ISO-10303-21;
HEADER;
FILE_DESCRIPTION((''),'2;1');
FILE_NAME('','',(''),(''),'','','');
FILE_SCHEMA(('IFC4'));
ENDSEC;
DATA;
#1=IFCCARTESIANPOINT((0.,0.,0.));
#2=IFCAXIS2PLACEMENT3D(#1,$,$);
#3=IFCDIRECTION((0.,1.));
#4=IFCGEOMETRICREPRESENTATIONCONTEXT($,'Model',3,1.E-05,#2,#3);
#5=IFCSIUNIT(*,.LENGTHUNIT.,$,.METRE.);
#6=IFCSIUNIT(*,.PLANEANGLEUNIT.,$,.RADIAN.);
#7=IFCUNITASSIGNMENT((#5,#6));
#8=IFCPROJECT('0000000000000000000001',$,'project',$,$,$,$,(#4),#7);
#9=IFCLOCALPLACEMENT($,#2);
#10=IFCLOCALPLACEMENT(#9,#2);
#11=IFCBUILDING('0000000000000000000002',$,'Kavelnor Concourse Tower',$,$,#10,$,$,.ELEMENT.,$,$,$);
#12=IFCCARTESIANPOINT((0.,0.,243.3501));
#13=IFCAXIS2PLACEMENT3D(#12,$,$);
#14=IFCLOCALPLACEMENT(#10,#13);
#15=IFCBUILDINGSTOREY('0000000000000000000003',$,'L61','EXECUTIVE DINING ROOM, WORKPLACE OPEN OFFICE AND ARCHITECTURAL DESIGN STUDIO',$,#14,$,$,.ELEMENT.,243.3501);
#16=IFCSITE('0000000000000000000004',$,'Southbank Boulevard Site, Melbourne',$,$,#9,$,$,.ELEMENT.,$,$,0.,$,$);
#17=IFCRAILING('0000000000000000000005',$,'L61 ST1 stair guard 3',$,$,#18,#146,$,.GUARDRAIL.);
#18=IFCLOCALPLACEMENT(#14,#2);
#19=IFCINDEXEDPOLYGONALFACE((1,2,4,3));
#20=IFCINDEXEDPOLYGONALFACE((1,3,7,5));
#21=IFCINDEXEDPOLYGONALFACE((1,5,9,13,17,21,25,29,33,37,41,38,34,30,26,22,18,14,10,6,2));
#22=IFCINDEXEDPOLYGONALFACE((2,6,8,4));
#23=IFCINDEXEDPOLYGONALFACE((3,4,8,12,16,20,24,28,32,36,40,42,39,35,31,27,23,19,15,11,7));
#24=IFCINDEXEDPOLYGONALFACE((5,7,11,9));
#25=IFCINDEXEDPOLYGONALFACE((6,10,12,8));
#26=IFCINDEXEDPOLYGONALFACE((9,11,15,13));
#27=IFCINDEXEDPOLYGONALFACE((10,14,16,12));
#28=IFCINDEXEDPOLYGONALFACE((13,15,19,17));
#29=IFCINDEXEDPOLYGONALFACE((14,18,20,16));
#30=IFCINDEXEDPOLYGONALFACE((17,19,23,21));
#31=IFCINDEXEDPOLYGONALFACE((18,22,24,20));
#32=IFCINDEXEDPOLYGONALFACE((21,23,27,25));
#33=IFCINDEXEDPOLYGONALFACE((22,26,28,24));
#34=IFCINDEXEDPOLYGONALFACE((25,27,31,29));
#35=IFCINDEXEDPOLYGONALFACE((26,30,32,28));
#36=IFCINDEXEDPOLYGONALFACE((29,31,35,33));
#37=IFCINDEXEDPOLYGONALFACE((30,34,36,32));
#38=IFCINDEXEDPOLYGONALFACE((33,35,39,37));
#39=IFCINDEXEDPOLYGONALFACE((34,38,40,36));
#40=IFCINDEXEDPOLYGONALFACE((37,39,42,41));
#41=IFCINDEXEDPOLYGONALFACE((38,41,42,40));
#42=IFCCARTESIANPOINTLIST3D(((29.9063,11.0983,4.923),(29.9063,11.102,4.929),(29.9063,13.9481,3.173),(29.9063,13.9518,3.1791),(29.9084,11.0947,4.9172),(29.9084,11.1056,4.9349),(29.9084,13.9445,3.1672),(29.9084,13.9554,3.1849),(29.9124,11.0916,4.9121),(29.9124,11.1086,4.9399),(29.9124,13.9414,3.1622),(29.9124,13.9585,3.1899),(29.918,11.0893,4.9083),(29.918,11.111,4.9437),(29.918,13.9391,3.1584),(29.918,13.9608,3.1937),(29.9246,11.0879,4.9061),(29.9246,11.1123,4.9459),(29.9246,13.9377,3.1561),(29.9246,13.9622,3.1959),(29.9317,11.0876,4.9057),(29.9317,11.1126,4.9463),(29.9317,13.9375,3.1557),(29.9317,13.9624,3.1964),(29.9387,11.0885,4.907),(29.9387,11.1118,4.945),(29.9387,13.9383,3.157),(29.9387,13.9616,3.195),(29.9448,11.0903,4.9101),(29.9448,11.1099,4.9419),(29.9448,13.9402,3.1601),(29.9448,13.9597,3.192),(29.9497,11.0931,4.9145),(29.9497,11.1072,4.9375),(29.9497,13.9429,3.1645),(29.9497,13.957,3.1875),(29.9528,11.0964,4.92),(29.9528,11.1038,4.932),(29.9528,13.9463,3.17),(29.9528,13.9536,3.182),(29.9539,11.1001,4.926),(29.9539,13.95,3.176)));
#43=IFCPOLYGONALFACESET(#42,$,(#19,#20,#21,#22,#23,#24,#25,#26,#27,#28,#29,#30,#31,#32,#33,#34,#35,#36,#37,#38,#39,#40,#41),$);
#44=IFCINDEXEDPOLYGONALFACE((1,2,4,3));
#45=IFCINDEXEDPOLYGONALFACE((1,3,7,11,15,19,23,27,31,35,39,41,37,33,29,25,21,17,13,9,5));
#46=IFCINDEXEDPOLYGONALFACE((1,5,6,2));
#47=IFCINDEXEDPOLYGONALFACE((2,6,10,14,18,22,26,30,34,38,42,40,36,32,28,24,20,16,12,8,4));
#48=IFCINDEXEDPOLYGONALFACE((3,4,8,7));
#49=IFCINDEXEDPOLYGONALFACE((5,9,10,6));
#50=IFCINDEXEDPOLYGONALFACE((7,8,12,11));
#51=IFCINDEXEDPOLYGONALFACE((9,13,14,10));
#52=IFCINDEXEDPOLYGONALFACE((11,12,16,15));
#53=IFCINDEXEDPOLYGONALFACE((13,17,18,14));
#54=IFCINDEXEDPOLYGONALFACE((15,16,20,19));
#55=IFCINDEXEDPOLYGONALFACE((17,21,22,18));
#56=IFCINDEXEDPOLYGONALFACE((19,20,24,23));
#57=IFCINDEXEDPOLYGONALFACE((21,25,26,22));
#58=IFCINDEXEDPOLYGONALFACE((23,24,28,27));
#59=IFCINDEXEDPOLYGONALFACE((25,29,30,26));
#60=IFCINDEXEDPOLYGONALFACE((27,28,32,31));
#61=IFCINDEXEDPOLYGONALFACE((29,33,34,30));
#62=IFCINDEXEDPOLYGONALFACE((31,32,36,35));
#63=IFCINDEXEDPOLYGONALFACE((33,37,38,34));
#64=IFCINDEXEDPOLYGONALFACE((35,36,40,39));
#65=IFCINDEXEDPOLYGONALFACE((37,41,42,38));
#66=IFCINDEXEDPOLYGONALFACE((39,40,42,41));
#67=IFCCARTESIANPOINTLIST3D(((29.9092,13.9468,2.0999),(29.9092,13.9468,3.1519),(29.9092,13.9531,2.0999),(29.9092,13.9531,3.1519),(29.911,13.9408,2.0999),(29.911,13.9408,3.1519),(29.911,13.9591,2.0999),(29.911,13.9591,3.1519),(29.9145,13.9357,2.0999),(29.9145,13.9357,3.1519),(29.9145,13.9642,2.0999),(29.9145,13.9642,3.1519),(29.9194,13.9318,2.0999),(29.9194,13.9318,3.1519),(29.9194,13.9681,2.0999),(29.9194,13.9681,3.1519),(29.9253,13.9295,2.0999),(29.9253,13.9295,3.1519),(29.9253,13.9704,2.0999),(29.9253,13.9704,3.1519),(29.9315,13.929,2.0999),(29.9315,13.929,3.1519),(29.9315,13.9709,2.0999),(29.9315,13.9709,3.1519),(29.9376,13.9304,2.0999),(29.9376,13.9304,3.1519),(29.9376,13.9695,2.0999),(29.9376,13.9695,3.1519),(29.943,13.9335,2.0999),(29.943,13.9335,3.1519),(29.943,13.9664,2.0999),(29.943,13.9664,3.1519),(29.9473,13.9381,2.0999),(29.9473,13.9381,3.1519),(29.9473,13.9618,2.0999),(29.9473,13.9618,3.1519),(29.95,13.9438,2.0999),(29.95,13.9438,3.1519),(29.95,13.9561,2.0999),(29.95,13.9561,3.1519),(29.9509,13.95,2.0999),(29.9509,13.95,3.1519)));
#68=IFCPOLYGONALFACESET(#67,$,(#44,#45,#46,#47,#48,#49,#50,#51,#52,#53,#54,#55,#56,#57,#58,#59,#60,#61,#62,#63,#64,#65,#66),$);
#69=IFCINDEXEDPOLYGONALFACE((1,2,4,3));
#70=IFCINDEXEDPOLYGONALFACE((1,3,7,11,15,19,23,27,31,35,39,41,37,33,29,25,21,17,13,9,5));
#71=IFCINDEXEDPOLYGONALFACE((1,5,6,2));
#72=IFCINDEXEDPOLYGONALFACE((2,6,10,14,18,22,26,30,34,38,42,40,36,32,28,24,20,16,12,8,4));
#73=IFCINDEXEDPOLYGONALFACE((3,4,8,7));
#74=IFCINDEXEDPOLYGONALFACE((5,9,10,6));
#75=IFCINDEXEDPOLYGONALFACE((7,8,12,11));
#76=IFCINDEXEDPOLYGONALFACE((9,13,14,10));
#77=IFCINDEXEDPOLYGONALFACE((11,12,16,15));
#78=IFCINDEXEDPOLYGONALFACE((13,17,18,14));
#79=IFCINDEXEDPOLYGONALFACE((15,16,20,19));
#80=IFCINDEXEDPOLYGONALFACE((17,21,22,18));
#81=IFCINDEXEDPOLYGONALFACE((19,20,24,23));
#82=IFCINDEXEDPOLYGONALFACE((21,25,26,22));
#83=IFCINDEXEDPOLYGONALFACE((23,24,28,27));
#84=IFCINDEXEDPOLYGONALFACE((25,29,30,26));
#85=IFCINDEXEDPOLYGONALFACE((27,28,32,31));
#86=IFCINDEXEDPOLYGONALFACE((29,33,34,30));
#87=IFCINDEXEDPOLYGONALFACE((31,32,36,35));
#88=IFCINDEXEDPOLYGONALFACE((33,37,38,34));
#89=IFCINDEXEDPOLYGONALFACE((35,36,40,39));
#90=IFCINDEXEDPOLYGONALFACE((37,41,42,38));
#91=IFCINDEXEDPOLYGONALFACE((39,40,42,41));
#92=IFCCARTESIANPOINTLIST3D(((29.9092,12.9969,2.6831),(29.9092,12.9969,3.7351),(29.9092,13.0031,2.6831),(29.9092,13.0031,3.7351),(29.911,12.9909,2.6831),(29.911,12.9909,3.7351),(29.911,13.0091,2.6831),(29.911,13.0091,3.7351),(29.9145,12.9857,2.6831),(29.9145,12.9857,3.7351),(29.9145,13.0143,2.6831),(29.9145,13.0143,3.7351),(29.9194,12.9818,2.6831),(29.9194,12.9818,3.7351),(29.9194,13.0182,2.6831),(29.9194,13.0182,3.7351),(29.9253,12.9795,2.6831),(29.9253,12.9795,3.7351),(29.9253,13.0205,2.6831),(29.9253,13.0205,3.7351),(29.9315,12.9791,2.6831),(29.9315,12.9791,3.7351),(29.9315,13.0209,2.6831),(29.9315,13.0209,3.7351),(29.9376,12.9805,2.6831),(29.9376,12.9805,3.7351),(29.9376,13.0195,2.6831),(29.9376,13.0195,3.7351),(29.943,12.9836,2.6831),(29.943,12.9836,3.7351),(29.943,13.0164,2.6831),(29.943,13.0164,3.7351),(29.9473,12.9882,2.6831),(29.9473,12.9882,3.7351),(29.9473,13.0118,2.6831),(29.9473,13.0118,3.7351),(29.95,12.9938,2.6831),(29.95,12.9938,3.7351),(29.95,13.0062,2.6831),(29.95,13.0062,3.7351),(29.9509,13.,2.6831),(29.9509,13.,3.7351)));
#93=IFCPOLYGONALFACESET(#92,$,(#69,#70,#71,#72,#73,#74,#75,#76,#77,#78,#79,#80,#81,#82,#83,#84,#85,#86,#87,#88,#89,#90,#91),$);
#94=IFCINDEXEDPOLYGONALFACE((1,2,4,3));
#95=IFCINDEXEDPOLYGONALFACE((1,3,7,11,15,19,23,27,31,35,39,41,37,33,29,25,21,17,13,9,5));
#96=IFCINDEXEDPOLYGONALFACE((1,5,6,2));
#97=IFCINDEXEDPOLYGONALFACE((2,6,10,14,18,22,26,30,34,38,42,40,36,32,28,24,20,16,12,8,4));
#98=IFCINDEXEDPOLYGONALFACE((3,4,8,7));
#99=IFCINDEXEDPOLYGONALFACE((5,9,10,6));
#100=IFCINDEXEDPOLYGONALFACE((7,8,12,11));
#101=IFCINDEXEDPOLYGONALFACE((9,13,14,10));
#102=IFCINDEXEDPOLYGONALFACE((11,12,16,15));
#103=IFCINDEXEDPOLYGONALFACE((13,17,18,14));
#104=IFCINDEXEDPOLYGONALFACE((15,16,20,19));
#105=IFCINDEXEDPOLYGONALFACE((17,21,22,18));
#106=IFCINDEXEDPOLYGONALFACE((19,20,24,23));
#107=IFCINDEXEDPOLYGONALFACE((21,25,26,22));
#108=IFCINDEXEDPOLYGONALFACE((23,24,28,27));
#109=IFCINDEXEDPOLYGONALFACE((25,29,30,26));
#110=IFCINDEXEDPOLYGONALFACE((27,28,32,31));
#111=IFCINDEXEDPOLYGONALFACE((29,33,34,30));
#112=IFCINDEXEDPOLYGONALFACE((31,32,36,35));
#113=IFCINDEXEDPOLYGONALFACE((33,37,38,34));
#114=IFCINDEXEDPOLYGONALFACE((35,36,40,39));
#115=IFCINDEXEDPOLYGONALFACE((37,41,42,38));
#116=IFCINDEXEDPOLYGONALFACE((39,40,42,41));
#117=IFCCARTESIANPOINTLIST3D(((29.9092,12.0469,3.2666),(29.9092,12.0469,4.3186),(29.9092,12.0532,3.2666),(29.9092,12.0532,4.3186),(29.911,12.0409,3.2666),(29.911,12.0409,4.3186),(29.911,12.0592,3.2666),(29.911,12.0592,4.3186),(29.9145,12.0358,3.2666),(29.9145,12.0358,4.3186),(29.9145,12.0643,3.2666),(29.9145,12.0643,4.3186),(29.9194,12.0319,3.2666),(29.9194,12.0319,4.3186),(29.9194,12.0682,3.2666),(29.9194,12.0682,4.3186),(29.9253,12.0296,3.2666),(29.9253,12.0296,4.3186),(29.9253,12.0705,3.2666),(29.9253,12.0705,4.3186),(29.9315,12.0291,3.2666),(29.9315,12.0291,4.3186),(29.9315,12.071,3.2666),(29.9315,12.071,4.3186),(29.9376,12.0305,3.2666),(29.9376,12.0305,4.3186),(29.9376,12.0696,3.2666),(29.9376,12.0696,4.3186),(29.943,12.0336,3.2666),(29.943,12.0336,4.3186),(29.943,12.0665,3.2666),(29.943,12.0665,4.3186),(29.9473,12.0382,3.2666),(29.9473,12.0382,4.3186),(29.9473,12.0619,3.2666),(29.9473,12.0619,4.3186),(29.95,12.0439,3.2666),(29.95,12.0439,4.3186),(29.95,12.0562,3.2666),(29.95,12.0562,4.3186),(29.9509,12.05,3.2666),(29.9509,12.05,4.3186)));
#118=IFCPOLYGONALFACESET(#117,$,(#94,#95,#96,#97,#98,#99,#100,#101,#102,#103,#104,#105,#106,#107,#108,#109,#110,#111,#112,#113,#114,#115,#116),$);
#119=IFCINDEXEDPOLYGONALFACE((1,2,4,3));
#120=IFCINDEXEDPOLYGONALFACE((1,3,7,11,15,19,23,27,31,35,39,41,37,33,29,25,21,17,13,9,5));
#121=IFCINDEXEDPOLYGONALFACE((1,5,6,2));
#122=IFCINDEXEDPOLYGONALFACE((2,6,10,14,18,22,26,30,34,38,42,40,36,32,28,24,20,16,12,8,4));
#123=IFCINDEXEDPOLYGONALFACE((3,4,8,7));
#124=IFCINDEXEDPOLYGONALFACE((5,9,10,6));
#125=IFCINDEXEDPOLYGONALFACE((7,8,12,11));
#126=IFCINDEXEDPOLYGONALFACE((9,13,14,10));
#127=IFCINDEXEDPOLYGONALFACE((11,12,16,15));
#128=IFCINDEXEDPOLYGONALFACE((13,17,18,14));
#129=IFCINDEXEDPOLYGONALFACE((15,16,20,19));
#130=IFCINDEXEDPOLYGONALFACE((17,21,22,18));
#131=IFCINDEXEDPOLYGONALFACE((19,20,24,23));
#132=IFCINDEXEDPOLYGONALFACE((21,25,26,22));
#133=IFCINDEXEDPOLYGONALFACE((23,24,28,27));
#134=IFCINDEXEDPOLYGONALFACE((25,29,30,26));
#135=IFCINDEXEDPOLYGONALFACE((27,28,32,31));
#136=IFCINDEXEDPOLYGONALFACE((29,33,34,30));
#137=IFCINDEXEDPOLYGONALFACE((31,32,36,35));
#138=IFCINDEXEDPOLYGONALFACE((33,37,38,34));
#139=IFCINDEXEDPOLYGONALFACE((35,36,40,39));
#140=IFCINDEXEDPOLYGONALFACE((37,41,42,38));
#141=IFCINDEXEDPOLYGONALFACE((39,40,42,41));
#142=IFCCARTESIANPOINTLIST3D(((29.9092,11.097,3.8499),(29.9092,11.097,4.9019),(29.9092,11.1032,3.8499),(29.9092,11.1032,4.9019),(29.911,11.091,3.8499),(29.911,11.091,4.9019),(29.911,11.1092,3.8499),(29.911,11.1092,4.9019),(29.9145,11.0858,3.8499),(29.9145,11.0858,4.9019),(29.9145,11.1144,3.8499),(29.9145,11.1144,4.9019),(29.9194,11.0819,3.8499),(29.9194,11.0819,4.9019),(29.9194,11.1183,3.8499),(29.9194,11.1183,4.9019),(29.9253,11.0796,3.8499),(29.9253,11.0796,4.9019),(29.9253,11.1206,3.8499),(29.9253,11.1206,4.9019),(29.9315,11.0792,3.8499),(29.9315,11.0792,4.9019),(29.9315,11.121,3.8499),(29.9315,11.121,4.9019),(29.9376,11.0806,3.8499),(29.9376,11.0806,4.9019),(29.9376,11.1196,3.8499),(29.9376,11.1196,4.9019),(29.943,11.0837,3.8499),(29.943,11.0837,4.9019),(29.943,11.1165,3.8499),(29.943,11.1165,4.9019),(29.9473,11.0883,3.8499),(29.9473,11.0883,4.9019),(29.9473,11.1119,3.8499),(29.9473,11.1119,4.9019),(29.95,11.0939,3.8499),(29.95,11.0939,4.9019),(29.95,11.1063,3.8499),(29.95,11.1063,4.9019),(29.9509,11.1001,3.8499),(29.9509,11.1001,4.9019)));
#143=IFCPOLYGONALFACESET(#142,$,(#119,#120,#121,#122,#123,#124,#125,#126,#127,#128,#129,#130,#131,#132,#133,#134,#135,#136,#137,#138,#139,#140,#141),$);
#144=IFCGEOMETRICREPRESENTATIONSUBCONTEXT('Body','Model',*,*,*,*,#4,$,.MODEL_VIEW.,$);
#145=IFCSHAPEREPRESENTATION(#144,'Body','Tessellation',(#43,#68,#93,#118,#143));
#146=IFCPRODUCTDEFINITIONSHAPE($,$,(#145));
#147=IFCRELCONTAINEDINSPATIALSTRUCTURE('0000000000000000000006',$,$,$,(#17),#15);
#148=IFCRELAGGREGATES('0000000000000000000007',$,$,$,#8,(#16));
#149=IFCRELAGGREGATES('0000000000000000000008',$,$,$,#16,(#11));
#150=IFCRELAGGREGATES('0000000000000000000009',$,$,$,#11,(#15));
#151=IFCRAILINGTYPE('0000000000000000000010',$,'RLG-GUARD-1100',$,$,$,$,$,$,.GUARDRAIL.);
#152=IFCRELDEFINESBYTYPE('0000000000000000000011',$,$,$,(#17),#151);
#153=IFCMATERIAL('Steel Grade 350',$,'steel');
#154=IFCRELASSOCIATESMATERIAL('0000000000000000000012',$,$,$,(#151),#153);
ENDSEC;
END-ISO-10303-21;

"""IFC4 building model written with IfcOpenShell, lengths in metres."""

from ifc_helpers import new_model, si_unit, direction, frame, origin, origin_2d, place, context, subcontext, project, spatial, circle, extrude, material, type_object, element, save


model = new_model("IFC4")

# Units and contexts
model_context = context("Model", 3, precision=1e-05, world=origin(), true_north=direction((0.0, 1.0)))
body_context = subcontext(model_context, "Body", "Model", "MODEL_VIEW")
ifc_project = project(units=[si_unit("LENGTHUNIT", "METRE"), si_unit("PLANEANGLEUNIT", "RADIAN")], contexts=[model_context])

# Site, building, storey
site_placement = place(None, origin())
site = spatial("IfcSite", under=ifc_project, at=site_placement, Name="Southbank Boulevard Site, Melbourne", CompositionType="ELEMENT", RefElevation=0.0)
building_placement = place(site_placement, origin())
building = spatial("IfcBuilding", under=site, at=building_placement, Name="Kavelnor Concourse Tower", CompositionType="ELEMENT")
storey_placement = place(building_placement, frame((0.0, 0.0, 243.3501)))
storey = spatial("IfcBuildingStorey", under=building, at=storey_placement, Name="L61", Description="EXECUTIVE DINING ROOM, WORKPLACE OPEN OFFICE AND ARCHITECTURAL DESIGN STUDIO", CompositionType="ELEMENT", Elevation=243.3501)

# Shared definitions
ifc_material_1 = material(Name="Steel Grade 350", Category="steel")

# Railing
railing_type_1 = type_object("IfcRailingType", Name="RLG-GUARD-1100", PredefinedType="GUARDRAIL", material=ifc_material_1)
railing_1_placement = place(storey_placement, frame((29.9299, 13.95, 2.0999)))
element("IfcRailing", 1, at=railing_1_placement, inside=storey, type_object=railing_type_1, Name="L61 ST1 stair guard 3", PredefinedType="GUARDRAIL", context=body_context, shape_type="SweptSolid", body=[
    extrude(circle(Radius=0.0239, at=origin_2d()), frame((0.0, 0.0, 1.0762), z_axis=(0.0, -0.852159, 0.523283), x_axis=(1.0, 0.0, 0.0)), (0.0, 0.0, 1.0), 3.3442),
    extrude(circle(Radius=0.021, at=origin_2d()), origin(), (0.0, 0.0, 1.0), 1.052),
    extrude(circle(Radius=0.021, at=origin_2d()), frame((0.0, -0.95, 0.5833)), (0.0, 0.0, 1.0), 1.052),
    extrude(circle(Radius=0.021, at=origin_2d()), frame((0.0, -1.8999, 1.1667)), (0.0, 0.0, 1.0), 1.052),
    extrude(circle(Radius=0.021, at=origin_2d()), frame((0.0, -2.8499, 1.75)), (0.0, 0.0, 1.0), 1.052),
])

save(model, "model.ifc")
